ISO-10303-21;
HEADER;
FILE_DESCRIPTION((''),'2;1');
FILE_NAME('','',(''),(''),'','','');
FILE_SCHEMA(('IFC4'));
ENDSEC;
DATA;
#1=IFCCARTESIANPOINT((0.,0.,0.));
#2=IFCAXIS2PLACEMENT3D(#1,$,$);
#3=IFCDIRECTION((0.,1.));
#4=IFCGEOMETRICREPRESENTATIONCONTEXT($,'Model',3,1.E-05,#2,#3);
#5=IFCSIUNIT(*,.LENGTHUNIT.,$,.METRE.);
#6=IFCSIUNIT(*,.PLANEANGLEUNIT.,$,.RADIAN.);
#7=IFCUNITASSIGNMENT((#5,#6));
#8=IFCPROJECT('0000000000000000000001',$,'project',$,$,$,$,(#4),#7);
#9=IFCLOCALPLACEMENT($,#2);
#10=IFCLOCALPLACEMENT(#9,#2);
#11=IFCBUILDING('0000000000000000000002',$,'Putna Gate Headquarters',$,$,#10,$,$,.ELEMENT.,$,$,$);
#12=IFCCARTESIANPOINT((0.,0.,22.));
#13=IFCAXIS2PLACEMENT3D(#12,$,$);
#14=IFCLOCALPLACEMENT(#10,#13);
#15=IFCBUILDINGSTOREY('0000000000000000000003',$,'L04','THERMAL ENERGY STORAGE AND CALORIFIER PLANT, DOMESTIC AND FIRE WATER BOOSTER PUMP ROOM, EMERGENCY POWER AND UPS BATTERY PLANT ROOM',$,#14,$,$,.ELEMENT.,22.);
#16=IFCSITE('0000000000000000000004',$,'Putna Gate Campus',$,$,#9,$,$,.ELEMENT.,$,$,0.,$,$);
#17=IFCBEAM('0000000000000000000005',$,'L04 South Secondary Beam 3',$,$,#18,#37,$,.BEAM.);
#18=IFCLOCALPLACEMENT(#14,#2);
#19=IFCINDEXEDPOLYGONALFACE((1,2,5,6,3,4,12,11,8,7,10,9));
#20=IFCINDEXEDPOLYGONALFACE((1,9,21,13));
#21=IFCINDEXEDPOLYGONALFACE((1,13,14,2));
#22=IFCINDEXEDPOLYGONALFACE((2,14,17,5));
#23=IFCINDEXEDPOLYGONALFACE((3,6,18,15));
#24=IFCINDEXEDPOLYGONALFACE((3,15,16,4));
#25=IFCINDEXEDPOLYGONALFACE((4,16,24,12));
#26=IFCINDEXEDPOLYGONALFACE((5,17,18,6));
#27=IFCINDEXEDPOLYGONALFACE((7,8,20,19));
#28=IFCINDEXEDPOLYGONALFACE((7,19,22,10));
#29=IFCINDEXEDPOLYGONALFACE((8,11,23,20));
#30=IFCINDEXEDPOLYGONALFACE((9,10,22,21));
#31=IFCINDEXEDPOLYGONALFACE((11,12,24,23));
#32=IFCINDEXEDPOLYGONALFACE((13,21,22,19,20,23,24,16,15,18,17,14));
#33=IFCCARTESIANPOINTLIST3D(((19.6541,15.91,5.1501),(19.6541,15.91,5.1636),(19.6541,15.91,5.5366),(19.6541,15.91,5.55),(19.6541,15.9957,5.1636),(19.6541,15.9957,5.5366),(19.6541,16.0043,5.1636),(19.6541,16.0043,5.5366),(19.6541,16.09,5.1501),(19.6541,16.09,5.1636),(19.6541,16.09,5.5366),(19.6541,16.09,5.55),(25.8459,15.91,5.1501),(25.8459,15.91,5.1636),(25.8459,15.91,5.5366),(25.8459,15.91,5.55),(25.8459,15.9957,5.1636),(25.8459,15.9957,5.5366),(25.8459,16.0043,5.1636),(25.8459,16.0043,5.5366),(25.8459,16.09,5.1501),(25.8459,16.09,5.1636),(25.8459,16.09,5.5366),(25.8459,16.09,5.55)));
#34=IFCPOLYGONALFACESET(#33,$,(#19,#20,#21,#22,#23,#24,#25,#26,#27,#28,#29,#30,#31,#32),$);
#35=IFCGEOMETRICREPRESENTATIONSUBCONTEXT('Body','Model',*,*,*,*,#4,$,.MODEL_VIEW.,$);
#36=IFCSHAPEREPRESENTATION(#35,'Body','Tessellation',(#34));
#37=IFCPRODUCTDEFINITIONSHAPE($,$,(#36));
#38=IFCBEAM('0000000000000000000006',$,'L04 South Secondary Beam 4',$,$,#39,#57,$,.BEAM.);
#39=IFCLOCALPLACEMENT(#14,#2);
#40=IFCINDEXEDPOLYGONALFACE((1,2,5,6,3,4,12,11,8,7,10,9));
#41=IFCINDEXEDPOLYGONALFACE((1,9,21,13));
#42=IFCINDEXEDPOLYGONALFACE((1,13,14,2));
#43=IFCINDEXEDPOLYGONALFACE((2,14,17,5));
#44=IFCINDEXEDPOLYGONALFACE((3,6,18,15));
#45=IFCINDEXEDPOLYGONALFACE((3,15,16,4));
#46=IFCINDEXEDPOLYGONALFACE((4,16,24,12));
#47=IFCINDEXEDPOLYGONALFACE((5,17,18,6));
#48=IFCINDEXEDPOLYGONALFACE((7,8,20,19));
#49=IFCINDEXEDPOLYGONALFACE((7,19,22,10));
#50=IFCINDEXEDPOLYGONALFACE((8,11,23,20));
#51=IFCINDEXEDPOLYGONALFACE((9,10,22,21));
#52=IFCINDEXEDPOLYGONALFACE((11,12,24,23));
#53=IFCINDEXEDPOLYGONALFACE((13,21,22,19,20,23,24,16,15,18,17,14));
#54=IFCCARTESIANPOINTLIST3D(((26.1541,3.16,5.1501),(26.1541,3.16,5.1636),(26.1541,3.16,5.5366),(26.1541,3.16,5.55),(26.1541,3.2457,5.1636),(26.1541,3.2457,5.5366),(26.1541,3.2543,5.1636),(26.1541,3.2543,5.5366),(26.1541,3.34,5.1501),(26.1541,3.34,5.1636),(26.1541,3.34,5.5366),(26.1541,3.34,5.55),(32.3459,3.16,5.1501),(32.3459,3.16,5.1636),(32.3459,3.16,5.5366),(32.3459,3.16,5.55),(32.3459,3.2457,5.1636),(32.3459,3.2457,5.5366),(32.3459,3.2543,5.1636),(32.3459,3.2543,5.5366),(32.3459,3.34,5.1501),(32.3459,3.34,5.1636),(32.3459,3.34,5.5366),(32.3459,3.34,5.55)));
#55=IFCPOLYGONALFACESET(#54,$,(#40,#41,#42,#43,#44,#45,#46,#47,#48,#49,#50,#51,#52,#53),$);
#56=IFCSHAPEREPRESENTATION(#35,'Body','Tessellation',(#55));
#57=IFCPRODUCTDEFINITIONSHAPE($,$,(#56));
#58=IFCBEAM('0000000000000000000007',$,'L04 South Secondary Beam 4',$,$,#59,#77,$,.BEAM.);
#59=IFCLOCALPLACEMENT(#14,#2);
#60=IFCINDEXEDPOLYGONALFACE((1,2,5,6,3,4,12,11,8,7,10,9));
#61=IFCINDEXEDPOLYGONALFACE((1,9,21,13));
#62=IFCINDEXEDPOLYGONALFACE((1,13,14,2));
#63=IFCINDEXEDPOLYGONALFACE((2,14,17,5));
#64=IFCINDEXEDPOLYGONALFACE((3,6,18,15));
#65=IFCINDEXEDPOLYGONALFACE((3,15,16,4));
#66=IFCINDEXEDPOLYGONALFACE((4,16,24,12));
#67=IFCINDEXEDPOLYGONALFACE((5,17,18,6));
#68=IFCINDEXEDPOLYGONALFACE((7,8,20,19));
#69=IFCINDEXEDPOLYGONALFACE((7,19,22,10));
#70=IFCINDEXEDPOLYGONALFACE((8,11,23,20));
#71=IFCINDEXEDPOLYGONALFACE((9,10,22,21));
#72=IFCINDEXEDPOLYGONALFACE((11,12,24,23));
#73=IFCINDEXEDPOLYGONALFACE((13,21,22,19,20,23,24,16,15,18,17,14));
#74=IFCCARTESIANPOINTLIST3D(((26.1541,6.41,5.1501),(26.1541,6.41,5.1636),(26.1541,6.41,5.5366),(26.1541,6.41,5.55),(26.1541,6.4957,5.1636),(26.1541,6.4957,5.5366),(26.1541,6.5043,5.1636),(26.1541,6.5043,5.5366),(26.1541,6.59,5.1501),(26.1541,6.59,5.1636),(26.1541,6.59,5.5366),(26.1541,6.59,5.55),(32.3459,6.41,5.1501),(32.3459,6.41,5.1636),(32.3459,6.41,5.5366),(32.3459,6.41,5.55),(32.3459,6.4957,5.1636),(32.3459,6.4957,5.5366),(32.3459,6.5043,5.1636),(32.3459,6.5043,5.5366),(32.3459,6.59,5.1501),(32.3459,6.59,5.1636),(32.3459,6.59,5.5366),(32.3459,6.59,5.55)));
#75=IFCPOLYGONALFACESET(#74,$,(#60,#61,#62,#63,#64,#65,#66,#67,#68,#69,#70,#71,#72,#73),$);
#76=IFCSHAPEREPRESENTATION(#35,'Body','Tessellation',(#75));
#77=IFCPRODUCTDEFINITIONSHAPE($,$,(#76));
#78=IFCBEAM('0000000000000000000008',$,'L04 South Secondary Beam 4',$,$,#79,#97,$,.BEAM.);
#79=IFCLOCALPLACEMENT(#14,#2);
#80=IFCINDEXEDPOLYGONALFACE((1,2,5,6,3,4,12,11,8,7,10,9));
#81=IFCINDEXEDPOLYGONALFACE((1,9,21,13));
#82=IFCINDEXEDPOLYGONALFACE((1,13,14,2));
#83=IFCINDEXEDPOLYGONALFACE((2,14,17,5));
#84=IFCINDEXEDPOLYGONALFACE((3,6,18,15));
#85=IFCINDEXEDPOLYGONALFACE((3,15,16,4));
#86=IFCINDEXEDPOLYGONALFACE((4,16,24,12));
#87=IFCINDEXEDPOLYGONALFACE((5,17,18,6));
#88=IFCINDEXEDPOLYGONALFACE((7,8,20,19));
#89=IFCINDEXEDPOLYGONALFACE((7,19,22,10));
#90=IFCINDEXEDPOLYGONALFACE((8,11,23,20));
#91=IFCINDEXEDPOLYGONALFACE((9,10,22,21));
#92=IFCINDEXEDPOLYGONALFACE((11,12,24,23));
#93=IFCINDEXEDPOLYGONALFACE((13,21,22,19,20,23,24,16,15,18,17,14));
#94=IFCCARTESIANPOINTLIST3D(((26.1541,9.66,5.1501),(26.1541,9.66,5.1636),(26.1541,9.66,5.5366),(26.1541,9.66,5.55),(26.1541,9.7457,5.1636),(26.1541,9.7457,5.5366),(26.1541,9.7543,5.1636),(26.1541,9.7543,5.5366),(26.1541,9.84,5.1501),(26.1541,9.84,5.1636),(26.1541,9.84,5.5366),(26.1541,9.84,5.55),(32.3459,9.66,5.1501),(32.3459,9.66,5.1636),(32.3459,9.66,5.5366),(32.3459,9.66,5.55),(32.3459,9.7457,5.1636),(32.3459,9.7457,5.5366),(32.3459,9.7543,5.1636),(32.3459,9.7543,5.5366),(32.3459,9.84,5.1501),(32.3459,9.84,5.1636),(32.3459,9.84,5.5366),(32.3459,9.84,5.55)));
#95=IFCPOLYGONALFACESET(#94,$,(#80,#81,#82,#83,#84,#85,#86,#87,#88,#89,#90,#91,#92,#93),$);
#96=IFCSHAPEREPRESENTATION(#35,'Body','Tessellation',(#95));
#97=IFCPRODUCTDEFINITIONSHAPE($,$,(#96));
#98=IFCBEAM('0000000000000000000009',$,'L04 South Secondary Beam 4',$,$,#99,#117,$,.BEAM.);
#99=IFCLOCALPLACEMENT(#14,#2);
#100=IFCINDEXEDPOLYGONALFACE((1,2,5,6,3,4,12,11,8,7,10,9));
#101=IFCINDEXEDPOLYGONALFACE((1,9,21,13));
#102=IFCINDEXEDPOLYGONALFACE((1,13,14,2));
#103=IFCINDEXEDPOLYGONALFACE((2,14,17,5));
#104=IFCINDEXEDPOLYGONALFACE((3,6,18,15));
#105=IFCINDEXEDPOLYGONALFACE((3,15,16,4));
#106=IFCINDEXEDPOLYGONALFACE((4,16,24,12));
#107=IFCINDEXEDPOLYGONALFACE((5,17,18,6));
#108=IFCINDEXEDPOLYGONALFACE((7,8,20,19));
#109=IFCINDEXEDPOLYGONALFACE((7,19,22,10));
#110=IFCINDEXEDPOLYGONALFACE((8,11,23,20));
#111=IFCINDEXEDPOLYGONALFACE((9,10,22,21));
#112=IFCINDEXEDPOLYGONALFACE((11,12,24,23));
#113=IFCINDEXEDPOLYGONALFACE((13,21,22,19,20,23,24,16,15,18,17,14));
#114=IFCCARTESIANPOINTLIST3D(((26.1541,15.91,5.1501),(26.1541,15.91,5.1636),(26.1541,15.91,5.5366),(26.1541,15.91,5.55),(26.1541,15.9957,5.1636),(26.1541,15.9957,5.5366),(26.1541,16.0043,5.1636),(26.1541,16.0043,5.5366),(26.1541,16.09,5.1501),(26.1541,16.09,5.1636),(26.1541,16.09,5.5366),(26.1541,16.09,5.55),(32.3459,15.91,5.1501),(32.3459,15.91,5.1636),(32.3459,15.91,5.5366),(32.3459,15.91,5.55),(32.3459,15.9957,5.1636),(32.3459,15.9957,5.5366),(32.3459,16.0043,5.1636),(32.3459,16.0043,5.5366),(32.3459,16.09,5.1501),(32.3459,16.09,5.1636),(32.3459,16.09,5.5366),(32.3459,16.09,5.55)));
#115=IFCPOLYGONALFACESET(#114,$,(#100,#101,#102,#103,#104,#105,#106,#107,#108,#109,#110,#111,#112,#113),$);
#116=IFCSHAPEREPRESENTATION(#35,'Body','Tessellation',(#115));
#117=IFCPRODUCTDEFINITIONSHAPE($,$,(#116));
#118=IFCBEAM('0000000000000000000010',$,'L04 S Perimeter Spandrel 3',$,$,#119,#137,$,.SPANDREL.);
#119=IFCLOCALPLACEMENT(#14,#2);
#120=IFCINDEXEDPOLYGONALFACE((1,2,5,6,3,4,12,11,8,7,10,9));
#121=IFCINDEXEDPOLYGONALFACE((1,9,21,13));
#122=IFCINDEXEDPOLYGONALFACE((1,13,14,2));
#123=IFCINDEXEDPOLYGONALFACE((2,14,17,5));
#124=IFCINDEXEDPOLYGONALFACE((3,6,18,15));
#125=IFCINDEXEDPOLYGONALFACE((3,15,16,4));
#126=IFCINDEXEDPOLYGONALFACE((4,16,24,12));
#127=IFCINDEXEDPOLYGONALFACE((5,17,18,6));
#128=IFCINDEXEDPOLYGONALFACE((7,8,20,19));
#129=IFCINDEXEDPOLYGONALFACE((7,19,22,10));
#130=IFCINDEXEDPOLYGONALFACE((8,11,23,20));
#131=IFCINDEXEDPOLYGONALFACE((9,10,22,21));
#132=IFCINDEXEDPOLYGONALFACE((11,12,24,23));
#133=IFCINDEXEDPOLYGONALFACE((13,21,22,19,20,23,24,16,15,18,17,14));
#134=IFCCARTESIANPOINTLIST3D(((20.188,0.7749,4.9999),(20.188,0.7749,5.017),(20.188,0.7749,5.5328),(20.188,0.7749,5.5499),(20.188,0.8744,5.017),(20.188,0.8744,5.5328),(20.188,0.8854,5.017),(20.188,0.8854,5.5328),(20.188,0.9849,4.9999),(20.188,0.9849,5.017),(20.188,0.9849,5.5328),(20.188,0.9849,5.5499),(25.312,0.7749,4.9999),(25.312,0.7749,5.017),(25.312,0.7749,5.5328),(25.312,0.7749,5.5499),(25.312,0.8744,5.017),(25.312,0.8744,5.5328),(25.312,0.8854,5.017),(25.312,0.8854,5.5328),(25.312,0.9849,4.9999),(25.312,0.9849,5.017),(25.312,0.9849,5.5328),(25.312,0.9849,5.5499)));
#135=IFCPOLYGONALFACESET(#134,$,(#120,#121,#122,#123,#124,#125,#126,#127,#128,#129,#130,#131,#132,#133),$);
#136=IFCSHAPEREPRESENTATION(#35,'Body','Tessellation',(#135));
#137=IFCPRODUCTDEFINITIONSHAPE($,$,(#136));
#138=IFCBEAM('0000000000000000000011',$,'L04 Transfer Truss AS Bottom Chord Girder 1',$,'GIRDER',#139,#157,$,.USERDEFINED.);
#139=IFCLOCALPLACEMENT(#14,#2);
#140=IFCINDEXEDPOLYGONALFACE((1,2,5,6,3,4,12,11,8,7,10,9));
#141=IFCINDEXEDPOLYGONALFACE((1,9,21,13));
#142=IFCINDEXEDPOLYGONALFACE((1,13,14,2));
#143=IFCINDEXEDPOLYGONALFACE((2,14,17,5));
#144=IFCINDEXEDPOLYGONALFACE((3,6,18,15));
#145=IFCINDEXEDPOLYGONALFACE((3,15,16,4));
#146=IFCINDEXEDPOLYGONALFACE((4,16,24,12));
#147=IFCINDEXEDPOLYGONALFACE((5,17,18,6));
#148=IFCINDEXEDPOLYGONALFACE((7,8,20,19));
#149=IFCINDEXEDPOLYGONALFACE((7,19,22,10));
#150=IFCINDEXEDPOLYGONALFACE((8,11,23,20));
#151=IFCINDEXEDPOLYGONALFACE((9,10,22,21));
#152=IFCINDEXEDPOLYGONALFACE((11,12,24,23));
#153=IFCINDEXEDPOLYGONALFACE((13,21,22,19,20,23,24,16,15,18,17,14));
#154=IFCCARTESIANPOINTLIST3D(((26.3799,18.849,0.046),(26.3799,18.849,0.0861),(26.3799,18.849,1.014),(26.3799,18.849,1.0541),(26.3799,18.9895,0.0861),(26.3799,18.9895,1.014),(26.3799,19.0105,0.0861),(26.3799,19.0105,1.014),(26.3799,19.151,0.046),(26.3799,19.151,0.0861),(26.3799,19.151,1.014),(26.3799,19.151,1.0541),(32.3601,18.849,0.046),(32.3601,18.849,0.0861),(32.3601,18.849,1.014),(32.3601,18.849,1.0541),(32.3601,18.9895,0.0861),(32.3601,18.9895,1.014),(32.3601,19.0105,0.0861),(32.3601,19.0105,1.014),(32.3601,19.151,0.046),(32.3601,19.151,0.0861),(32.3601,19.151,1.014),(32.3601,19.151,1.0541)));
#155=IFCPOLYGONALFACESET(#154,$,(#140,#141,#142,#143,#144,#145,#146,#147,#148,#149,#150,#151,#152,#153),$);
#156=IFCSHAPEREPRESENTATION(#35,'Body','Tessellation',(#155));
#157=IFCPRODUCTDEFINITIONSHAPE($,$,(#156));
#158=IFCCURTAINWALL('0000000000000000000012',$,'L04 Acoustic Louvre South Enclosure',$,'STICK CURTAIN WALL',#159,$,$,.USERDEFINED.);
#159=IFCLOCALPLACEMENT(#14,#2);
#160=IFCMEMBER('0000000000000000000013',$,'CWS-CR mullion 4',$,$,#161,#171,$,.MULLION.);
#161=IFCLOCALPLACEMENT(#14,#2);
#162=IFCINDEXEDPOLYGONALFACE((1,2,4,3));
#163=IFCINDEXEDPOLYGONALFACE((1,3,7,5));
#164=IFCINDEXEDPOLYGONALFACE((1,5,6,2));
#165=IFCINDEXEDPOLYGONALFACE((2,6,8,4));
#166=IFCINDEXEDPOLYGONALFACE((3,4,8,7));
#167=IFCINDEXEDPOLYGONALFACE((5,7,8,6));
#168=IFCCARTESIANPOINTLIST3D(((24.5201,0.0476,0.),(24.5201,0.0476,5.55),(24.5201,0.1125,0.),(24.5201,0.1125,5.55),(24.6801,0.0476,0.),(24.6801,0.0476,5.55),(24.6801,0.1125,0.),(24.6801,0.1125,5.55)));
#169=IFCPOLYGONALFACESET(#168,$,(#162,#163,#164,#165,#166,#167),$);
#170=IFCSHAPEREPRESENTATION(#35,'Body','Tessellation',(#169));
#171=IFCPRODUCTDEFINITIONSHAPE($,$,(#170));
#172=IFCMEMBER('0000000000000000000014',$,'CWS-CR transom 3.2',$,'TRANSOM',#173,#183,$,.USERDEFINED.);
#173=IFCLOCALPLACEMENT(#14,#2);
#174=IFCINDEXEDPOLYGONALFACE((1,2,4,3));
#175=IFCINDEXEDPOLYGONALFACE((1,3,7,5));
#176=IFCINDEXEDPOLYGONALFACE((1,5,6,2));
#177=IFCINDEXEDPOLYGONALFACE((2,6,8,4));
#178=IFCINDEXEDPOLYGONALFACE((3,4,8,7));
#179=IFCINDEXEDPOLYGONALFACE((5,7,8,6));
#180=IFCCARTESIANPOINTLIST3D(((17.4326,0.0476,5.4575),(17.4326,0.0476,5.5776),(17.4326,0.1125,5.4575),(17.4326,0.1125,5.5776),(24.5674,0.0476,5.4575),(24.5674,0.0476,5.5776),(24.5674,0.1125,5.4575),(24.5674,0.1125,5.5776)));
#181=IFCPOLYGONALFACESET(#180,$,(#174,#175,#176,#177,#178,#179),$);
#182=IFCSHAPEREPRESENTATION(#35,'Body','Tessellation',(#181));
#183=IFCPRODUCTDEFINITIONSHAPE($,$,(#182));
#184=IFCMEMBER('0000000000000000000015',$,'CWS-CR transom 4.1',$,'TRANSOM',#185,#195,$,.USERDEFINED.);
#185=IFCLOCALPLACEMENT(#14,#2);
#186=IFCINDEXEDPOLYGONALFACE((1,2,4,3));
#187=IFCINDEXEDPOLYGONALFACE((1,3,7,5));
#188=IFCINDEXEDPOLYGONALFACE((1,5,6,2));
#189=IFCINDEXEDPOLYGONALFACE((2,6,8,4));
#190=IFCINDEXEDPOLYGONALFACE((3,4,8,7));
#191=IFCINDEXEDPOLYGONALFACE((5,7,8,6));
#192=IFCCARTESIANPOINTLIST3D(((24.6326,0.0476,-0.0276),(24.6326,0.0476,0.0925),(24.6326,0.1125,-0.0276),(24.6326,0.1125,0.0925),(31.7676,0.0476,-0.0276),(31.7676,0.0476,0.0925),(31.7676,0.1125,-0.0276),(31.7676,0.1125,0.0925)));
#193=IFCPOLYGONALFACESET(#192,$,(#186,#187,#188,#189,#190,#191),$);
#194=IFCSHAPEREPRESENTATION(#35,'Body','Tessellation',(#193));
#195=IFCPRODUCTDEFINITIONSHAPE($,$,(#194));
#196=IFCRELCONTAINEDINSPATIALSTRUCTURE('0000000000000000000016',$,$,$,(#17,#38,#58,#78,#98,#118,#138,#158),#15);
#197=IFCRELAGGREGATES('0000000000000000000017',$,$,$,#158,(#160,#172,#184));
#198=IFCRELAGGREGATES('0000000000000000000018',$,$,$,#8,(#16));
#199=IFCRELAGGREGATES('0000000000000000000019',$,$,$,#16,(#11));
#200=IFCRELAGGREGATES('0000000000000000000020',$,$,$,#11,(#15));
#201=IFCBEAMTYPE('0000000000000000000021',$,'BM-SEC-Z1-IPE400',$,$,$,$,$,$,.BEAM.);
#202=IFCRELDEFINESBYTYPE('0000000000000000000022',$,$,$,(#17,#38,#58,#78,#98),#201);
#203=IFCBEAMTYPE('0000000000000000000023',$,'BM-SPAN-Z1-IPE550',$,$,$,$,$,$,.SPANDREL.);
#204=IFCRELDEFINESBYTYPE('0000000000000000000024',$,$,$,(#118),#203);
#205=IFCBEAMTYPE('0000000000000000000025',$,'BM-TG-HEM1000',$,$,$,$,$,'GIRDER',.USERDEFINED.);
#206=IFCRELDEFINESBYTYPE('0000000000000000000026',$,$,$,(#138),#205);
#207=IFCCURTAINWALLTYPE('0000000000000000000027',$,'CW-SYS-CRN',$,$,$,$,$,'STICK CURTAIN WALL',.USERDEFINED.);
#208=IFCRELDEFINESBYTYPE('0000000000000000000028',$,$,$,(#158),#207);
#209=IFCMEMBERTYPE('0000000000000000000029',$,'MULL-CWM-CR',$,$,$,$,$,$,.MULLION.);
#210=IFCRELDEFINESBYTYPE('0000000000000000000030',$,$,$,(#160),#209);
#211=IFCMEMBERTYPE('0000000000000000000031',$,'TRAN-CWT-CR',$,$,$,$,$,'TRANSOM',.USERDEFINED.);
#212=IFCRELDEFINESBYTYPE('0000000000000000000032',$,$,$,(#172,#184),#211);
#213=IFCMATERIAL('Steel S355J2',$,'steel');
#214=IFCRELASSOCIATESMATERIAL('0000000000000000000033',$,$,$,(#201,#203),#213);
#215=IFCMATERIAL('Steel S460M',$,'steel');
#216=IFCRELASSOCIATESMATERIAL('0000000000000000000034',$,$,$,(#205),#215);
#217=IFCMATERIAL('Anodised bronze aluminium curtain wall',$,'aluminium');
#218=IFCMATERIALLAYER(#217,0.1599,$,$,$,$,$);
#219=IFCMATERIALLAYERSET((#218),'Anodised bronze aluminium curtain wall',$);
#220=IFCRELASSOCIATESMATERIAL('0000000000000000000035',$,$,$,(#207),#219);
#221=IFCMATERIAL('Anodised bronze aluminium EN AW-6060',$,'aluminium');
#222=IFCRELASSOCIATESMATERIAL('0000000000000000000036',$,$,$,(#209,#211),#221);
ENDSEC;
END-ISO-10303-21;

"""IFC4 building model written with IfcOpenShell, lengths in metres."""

from ifc_helpers import new_model, si_unit, direction, frame, origin, origin_2d, place, context, subcontext, project, spatial, rectangle, i_section, extrude, material, layer, layer_set, material_profile, profile_set, type_object, element, aggregate, save


model = new_model("IFC4")

# Units and contexts
model_context = context("Model", 3, precision=1e-05, world=origin(), true_north=direction((0.0, 1.0)))
body_context = subcontext(model_context, "Body", "Model", "MODEL_VIEW")
ifc_project = project(units=[si_unit("LENGTHUNIT", "METRE"), si_unit("PLANEANGLEUNIT", "RADIAN")], contexts=[model_context])

# Site, building, storey
site_placement = place(None, origin())
site = spatial("IfcSite", under=ifc_project, at=site_placement, Name="Putna Gate Campus", CompositionType="ELEMENT", RefElevation=0.0)
building_placement = place(site_placement, origin())
building = spatial("IfcBuilding", under=site, at=building_placement, Name="Putna Gate Headquarters", CompositionType="ELEMENT")
storey_placement = place(building_placement, frame((0.0, 0.0, 22.0)))
storey = spatial("IfcBuildingStorey", under=building, at=storey_placement, Name="L04", Description="THERMAL ENERGY STORAGE AND CALORIFIER PLANT, DOMESTIC AND FIRE WATER BOOSTER PUMP ROOM, EMERGENCY POWER AND UPS BATTERY PLANT ROOM", CompositionType="ELEMENT", Elevation=22.0)

# Beams
ifc_material_1 = material(Name="Steel S355J2", Category="steel")
ifc_material_profile_1 = material_profile(ifc_material_1, i_section(OverallWidth=0.1799, OverallDepth=0.3999, WebThickness=0.0085, FlangeThickness=0.0134, at=origin_2d()), Name="Steel S355J2")
ifc_profile_set_1 = profile_set([ifc_material_profile_1], Name="Steel S355J2")
beam_type_1 = type_object("IfcBeamType", Name="BM-SEC-Z1-IPE400", PredefinedType="BEAM", material=ifc_profile_set_1)
for number, where, z_axis, x_axis, name in (
    (1, (19.6541, 16.0, 5.3501), (1.0, 0.0, 0.0), (0.0, 1.0, 0.0), "L04 South Secondary Beam 3"),
    (2, (26.1541, 3.25, 5.3501), (1.0, 0.0, 0.0), (0.0, 1.0, 0.0), "L04 South Secondary Beam 4"),
    (3, (26.1541, 6.5, 5.3501), (1.0, 0.0, 0.0), (0.0, 1.0, 0.0), "L04 South Secondary Beam 4"),
    (4, (26.1541, 9.75, 5.3501), (1.0, 0.0, 0.0), (0.0, 1.0, 0.0), "L04 South Secondary Beam 4"),
    (5, (26.1541, 16.0, 5.3501), (1.0, 0.0, 0.0), (0.0, 1.0, 0.0), "L04 South Secondary Beam 4"),
):
    element("IfcBeam", number, at=place(storey_placement, frame(where, z_axis=z_axis, x_axis=x_axis)), inside=storey, type_object=beam_type_1, Name=name, PredefinedType="BEAM", context=body_context, shape_type="SweptSolid", body=[
        extrude(i_section(OverallWidth=0.1799, OverallDepth=0.3999, WebThickness=0.0085, FlangeThickness=0.0134, at=origin_2d()), origin(), (0.0, 0.0, 1.0), 6.1919),
    ])
ifc_material_profile_2 = material_profile(ifc_material_1, i_section(OverallWidth=0.21, OverallDepth=0.55, WebThickness=0.011, FlangeThickness=0.0171, at=origin_2d()), Name="Steel S355J2")
ifc_profile_set_2 = profile_set([ifc_material_profile_2], Name="Steel S355J2")
beam_type_2 = type_object("IfcBeamType", Name="BM-SPAN-Z1-IPE550", PredefinedType="SPANDREL", material=ifc_profile_set_2)
beam_1_placement = place(storey_placement, frame((20.188, 0.8799, 5.2749), z_axis=(1.0, 0.0, 0.0), x_axis=(0.0, 1.0, 0.0)))
element("IfcBeam", 6, at=beam_1_placement, inside=storey, type_object=beam_type_2, Name="L04 S Perimeter Spandrel 3", PredefinedType="SPANDREL", context=body_context, shape_type="SweptSolid", body=[
    extrude(i_section(OverallWidth=0.21, OverallDepth=0.55, WebThickness=0.011, FlangeThickness=0.0171, at=origin_2d()), origin(), (0.0, 0.0, 1.0), 5.124),
])
ifc_material_2 = material(Name="Steel S460M", Category="steel")
ifc_material_profile_3 = material_profile(ifc_material_2, i_section(OverallWidth=0.302, OverallDepth=1.0081, WebThickness=0.021, FlangeThickness=0.04, at=origin_2d()), Name="Steel S460M")
ifc_profile_set_3 = profile_set([ifc_material_profile_3], Name="Steel S460M")
beam_type_3 = type_object("IfcBeamType", Name="BM-TG-HEM1000", ElementType="GIRDER", PredefinedType="USERDEFINED", material=ifc_profile_set_3)
beam_2_placement = place(storey_placement, frame((26.3799, 19.0, 0.55), z_axis=(1.0, 0.0, 0.0), x_axis=(0.0, 1.0, 0.0)))
element("IfcBeam", 7, at=beam_2_placement, inside=storey, type_object=beam_type_3, Name="L04 Transfer Truss AS Bottom Chord Girder 1", ObjectType="GIRDER", PredefinedType="USERDEFINED", context=body_context, shape_type="SweptSolid", body=[
    extrude(i_section(OverallWidth=0.302, OverallDepth=1.0081, WebThickness=0.021, FlangeThickness=0.04, at=origin_2d()), origin(), (0.0, 0.0, 1.0), 5.9802),
])

# Curtain wall, members
ifc_material_3 = material(Name="Anodised bronze aluminium curtain wall", Category="aluminium")
ifc_layer_1 = layer(ifc_material_3, 0.1599)
ifc_layer_set_1 = layer_set([ifc_layer_1], Name="Anodised bronze aluminium curtain wall")
curtain_wall_type = type_object("IfcCurtainWallType", Name="CW-SYS-CRN", ElementType="STICK CURTAIN WALL", PredefinedType="USERDEFINED", material=ifc_layer_set_1)
curtain_wall_placement = place(storey_placement, origin())
curtain_wall = element("IfcCurtainWall", 8, at=curtain_wall_placement, inside=storey, type_object=curtain_wall_type, Name="L04 Acoustic Louvre South Enclosure", ObjectType="STICK CURTAIN WALL", PredefinedType="USERDEFINED")
ifc_material_4 = material(Name="Anodised bronze aluminium EN AW-6060", Category="aluminium")
ifc_material_profile_4 = material_profile(ifc_material_4, rectangle(XDim=0.0649, YDim=0.1599, at=origin_2d()), Name="Anodised bronze aluminium EN AW-6060")
ifc_profile_set_4 = profile_set([ifc_material_profile_4], Name="Anodised bronze aluminium EN AW-6060")
member_type_1 = type_object("IfcMemberType", Name="MULL-CWM-CR", PredefinedType="MULLION", material=ifc_profile_set_4)
member_1_placement = place(storey_placement, frame((24.6001, 0.0801, 0.0), z_axis=(0.0, 0.0, 1.0), x_axis=(0.0, 1.0, 0.0)))
member_1 = element("IfcMember", 9, at=member_1_placement, type_object=member_type_1, Name="CWS-CR mullion 4", PredefinedType="MULLION", context=body_context, shape_type="SweptSolid", body=[
    extrude(rectangle(XDim=0.0649, YDim=0.1599, at=origin_2d()), origin(), (0.0, 0.0, 1.0), 5.55),
])
ifc_material_profile_5 = material_profile(ifc_material_4, rectangle(XDim=0.0649, YDim=0.1201, at=origin_2d()), Name="Anodised bronze aluminium EN AW-6060")
ifc_profile_set_5 = profile_set([ifc_material_profile_5], Name="Anodised bronze aluminium EN AW-6060")
member_type_2 = type_object("IfcMemberType", Name="TRAN-CWT-CR", ElementType="TRANSOM", PredefinedType="USERDEFINED", material=ifc_profile_set_5)
member_2_placement = place(storey_placement, frame((17.4326, 0.0801, 5.5176), z_axis=(1.0, 0.0, 0.0), x_axis=(0.0, 1.0, 0.0)))
member_2 = element("IfcMember", 10, at=member_2_placement, type_object=member_type_2, Name="CWS-CR transom 3.2", ObjectType="TRANSOM", PredefinedType="USERDEFINED", context=body_context, shape_type="SweptSolid", body=[
    extrude(rectangle(XDim=0.0649, YDim=0.1201, at=origin_2d()), origin(), (0.0, 0.0, 1.0), 7.1348),
])
member_3_placement = place(storey_placement, frame((24.6326, 0.0801, 0.0325), z_axis=(1.0, 0.0, 0.0), x_axis=(0.0, 1.0, 0.0)))
member_3 = element("IfcMember", 11, at=member_3_placement, type_object=member_type_2, Name="CWS-CR transom 4.1", ObjectType="TRANSOM", PredefinedType="USERDEFINED", context=body_context, shape_type="SweptSolid", body=[
    extrude(rectangle(XDim=0.0649, YDim=0.1201, at=origin_2d()), origin(), (0.0, 0.0, 1.0), 7.135),
])
aggregate(curtain_wall, [member_1, member_2, member_3])

save(model, "model.ifc")
